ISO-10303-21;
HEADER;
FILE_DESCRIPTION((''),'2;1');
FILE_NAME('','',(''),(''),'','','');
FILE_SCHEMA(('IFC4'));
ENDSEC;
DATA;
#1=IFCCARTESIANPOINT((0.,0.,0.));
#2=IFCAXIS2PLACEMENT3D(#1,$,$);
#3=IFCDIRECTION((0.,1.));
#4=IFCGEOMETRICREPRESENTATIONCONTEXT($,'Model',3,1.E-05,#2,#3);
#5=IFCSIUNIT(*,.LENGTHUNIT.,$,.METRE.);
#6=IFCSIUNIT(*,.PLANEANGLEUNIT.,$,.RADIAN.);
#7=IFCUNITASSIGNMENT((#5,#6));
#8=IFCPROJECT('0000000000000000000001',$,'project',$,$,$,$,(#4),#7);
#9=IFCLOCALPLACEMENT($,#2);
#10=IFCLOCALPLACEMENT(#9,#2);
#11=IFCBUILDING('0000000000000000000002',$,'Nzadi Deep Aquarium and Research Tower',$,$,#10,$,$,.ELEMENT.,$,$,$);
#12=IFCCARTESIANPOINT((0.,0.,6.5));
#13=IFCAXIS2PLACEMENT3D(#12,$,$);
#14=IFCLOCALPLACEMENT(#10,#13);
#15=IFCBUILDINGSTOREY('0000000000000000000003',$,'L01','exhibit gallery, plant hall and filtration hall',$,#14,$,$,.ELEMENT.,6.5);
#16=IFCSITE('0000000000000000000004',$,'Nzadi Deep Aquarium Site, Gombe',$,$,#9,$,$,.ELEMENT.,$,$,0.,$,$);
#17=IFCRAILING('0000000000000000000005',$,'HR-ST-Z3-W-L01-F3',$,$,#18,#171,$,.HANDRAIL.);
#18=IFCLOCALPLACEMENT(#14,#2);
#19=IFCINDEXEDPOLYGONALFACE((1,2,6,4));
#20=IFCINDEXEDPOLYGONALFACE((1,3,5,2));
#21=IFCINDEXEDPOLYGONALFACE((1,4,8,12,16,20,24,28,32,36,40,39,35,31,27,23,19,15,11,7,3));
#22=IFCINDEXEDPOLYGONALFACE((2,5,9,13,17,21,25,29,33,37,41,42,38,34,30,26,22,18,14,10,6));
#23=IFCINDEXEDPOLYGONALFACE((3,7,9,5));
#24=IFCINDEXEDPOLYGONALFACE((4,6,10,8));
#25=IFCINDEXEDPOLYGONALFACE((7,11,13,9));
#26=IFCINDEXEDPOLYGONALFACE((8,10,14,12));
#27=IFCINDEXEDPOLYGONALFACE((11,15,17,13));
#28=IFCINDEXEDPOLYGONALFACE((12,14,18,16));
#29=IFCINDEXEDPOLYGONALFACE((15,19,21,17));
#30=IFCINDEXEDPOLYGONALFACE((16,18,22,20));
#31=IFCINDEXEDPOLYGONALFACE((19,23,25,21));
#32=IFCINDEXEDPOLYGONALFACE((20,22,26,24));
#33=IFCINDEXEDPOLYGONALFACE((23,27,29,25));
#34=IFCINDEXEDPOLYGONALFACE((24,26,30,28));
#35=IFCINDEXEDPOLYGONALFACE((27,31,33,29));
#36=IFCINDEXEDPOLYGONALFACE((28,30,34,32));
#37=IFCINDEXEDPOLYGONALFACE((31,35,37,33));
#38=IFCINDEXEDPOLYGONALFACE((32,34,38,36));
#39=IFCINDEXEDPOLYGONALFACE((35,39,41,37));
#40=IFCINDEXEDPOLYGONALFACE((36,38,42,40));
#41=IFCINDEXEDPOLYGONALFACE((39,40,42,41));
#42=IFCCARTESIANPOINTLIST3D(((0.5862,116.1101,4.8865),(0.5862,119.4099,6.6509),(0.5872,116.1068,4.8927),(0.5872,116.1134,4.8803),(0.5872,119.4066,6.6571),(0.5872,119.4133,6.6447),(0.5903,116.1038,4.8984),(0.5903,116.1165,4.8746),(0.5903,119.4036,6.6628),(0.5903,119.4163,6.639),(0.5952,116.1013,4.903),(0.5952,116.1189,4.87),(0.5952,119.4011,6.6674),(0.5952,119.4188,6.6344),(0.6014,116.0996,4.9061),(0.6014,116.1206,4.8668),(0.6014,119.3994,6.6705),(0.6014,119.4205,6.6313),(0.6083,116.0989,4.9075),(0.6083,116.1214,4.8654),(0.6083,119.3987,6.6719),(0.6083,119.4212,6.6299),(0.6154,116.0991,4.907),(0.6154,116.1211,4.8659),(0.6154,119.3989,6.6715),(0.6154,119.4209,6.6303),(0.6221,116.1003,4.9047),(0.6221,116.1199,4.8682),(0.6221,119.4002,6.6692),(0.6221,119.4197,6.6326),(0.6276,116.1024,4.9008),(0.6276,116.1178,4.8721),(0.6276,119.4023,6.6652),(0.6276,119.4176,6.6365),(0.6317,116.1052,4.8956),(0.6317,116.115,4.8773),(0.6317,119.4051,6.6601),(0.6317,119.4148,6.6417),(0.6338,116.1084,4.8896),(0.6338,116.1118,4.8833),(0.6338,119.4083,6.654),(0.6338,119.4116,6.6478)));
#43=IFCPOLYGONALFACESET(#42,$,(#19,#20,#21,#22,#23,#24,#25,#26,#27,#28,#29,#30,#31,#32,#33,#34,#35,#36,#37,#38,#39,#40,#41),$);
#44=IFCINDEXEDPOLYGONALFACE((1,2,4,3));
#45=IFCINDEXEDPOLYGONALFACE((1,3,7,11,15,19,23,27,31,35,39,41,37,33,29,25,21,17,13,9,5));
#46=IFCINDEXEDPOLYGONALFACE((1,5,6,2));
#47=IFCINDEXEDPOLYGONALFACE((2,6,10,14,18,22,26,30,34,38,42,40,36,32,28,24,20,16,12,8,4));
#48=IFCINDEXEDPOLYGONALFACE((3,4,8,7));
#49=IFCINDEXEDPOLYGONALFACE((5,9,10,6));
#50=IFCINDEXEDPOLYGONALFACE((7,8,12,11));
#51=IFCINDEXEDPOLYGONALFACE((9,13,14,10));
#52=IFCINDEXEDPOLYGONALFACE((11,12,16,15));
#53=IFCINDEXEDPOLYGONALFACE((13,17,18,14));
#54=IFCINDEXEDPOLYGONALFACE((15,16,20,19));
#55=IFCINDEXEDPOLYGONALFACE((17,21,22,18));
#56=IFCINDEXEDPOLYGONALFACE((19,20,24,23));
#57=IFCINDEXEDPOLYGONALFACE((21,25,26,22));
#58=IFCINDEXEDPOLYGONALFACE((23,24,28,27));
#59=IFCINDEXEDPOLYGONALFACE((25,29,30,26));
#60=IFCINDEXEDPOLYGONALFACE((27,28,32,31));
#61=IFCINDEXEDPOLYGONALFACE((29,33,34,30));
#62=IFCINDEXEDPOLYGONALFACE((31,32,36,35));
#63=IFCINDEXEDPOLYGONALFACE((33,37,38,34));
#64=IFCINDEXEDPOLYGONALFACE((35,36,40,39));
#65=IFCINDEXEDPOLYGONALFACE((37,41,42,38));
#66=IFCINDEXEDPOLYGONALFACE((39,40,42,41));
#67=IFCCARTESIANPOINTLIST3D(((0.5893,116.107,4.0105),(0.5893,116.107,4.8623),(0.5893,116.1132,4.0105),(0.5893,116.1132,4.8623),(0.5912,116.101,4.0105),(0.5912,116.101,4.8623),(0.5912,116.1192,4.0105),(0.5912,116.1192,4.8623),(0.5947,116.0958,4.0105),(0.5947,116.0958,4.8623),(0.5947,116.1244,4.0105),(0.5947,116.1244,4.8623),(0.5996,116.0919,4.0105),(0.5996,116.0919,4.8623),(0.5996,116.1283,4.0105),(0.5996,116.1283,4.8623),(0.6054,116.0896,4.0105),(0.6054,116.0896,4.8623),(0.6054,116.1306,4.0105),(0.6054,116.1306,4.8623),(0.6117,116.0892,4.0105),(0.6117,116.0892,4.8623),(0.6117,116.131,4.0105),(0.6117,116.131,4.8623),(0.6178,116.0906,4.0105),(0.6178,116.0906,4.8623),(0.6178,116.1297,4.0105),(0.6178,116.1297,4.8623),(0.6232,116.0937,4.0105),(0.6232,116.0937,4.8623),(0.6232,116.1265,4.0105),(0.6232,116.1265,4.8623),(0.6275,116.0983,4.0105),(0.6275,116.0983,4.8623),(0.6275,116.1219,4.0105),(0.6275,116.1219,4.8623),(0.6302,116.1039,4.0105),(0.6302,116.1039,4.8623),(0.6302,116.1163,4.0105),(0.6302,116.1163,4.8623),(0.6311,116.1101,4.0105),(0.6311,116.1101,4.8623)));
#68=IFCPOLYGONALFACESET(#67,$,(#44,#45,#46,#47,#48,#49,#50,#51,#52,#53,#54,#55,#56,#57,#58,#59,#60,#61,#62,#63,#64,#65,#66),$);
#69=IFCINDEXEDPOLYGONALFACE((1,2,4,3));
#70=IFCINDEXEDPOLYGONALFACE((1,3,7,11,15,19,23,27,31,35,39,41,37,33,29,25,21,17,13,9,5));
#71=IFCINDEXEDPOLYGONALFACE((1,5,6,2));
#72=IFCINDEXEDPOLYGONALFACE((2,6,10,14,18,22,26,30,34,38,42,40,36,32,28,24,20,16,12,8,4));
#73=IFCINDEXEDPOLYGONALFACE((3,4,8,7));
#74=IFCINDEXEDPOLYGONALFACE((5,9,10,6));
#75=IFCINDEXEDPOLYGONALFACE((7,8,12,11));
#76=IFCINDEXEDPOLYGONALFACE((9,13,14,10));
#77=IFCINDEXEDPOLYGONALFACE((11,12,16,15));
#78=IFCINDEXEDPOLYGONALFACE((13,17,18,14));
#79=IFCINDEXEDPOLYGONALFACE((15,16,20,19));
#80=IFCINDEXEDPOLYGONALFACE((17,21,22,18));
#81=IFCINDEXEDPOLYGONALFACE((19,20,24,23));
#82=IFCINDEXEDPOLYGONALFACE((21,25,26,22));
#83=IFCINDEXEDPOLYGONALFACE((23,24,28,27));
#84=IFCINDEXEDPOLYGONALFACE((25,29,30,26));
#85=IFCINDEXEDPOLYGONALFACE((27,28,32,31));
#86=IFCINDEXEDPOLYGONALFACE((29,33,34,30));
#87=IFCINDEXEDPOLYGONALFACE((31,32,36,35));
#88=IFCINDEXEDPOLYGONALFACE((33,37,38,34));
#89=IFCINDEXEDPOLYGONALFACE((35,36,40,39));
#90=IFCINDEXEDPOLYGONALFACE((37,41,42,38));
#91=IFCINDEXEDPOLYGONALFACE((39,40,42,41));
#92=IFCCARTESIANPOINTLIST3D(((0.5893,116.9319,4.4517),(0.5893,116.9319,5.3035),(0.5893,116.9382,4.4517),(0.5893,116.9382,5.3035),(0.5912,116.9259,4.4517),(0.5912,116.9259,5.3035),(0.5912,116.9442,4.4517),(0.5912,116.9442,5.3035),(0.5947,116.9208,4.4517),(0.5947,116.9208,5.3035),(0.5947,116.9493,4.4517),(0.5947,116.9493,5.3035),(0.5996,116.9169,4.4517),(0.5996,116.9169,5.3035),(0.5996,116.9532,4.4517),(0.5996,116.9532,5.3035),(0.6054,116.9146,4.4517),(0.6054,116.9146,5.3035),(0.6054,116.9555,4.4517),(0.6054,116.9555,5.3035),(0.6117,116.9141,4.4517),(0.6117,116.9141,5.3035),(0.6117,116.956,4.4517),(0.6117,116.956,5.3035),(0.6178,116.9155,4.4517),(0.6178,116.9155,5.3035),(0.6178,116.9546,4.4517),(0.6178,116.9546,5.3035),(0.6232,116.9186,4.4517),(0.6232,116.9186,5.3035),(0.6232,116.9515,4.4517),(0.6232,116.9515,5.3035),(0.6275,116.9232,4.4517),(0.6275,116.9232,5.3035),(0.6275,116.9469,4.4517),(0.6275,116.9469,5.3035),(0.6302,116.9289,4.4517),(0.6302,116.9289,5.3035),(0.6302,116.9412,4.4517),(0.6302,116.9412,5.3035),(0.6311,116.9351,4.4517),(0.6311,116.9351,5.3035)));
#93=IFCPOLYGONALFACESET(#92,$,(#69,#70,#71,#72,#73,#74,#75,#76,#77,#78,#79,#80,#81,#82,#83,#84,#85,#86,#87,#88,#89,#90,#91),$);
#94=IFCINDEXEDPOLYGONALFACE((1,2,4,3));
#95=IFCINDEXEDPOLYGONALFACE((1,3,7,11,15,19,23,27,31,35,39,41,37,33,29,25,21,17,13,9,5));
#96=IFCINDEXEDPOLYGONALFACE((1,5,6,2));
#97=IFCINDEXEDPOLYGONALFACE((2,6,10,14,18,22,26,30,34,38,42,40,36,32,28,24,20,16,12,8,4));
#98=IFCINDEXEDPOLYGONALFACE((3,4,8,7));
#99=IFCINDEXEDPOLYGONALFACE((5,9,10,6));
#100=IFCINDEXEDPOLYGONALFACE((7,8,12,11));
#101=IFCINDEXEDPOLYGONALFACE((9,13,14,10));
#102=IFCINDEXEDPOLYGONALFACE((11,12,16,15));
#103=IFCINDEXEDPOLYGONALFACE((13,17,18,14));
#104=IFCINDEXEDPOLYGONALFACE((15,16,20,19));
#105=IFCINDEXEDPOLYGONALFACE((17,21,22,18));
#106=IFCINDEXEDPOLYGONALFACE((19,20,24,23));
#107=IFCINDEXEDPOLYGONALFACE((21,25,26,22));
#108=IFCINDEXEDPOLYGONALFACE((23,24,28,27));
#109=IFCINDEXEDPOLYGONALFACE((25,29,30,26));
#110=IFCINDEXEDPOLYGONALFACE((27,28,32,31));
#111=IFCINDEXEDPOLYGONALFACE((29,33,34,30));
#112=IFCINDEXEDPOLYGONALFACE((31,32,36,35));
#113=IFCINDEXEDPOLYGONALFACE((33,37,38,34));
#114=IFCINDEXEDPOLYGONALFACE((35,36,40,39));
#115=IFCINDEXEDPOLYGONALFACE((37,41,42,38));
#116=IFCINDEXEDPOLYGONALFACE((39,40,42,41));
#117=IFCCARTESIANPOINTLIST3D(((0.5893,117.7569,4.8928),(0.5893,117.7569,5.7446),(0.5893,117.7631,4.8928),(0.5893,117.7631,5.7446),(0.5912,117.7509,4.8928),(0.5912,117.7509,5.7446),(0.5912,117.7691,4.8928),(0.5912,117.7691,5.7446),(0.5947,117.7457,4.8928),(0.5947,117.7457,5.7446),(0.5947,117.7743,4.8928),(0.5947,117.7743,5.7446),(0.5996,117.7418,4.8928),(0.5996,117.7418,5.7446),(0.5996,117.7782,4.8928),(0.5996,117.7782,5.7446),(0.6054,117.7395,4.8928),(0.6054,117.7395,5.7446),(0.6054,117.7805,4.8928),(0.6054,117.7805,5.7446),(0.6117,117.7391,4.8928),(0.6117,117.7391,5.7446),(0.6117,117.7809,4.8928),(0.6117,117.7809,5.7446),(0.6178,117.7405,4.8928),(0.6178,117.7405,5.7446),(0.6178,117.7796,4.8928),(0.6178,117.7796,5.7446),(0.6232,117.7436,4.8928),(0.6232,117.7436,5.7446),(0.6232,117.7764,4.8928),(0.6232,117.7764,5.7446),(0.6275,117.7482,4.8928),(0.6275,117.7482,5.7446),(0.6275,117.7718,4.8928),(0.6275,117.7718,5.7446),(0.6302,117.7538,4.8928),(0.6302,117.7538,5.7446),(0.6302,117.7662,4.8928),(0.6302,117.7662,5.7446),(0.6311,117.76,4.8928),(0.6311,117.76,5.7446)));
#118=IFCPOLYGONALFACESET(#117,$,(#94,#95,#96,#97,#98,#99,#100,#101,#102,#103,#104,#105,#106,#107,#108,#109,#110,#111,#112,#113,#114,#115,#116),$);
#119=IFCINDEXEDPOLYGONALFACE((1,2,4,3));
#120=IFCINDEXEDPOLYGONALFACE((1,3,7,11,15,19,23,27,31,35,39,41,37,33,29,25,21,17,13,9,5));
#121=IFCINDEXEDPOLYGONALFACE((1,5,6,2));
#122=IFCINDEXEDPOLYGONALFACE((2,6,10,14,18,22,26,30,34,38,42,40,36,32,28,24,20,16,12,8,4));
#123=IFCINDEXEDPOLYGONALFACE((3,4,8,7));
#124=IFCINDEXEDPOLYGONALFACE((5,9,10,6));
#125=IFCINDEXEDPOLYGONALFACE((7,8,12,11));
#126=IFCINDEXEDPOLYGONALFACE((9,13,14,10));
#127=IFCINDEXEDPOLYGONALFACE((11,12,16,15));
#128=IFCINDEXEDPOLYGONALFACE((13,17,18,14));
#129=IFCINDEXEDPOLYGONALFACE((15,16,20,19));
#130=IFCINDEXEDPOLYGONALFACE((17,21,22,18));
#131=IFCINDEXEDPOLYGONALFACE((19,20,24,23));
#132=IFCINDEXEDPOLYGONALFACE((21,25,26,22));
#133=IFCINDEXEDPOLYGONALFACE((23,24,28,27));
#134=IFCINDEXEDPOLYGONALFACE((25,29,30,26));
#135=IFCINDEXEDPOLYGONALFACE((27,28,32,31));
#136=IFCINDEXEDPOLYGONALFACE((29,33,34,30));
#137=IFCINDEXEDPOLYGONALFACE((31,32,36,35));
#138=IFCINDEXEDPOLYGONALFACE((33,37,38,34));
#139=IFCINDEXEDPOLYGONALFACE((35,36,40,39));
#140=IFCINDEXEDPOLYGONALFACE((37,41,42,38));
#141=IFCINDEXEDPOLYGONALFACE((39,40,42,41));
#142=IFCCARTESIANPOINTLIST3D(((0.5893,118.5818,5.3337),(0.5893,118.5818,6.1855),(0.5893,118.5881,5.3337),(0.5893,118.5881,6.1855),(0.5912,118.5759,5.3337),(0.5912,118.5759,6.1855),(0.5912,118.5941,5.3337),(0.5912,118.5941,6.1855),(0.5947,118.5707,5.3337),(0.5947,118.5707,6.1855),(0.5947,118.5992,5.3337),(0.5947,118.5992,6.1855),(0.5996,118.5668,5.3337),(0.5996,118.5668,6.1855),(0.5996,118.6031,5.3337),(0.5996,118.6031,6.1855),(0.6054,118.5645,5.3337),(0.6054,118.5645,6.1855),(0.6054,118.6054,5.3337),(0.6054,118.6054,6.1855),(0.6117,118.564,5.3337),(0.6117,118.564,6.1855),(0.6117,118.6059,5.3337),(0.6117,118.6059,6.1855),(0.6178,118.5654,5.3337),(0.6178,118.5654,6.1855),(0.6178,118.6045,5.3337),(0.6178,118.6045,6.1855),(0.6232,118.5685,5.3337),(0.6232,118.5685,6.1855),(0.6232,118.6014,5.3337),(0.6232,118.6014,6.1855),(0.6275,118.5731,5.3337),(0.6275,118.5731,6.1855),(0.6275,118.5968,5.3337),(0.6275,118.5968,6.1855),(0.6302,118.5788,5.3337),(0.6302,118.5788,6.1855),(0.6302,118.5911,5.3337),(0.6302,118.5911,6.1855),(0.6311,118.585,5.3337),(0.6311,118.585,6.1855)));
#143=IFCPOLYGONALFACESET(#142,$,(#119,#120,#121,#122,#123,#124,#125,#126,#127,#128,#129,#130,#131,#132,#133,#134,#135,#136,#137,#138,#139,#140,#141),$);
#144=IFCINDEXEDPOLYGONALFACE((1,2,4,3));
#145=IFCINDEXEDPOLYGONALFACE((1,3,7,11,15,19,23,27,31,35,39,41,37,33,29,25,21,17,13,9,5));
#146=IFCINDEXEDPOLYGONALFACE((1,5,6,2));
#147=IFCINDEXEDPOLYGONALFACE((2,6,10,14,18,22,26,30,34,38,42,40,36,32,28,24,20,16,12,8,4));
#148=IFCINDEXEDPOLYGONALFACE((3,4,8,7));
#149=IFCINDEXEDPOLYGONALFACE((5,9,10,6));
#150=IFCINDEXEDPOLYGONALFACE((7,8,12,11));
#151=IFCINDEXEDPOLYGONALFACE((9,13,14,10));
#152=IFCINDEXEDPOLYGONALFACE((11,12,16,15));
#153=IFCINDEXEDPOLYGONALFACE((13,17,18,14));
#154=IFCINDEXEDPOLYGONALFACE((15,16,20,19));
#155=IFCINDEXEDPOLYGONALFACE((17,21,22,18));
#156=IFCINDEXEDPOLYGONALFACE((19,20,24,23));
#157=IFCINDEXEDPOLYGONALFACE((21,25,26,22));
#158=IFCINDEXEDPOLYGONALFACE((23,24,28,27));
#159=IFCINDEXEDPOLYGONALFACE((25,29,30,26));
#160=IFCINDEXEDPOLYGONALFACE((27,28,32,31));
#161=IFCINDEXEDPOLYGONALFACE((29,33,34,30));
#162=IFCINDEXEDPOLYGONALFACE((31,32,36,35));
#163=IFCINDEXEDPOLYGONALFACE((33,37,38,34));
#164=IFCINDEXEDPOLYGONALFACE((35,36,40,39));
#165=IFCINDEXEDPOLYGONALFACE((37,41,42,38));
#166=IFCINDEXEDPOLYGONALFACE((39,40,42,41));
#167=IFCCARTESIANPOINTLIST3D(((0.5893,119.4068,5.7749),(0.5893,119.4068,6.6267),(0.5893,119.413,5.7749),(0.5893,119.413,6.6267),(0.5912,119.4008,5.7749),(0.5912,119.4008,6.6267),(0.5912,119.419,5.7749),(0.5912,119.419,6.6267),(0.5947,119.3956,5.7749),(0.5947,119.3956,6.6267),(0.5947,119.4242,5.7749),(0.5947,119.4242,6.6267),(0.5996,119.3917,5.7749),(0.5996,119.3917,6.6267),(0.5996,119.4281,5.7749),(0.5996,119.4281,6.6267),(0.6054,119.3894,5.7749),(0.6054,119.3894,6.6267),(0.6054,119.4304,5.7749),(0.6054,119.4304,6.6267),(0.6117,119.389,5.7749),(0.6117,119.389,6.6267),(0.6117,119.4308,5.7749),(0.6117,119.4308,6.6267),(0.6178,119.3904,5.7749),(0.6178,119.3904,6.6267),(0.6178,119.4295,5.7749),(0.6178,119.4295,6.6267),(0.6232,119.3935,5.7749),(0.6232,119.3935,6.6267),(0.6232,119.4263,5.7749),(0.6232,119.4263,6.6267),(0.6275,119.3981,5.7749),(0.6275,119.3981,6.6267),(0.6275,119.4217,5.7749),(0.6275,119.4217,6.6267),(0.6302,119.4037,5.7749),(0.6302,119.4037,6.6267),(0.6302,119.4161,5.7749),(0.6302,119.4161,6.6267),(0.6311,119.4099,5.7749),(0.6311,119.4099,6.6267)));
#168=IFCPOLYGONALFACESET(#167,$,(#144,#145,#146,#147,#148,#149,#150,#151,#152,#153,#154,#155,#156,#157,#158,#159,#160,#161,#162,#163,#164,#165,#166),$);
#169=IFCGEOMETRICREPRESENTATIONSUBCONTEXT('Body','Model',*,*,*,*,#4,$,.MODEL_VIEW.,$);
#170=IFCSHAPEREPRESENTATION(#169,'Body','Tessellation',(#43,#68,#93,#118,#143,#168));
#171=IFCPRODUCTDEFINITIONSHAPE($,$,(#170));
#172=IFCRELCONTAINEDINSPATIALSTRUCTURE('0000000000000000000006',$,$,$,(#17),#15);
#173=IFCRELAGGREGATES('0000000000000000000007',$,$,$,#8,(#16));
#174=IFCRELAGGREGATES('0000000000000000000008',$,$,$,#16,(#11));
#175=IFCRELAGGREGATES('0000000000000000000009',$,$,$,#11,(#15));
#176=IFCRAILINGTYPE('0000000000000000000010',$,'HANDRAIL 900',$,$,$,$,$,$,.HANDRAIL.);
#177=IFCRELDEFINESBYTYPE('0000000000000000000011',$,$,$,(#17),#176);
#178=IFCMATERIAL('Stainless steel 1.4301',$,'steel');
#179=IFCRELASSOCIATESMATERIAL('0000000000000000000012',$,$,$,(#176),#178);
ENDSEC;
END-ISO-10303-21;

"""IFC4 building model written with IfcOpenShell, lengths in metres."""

from ifc_helpers import new_model, si_unit, direction, frame, origin, origin_2d, place, context, subcontext, project, spatial, circle, extrude, material, type_object, element, save


model = new_model("IFC4")

# Units and contexts
model_context = context("Model", 3, precision=1e-05, world=origin(), true_north=direction((0.0, 1.0)))
body_context = subcontext(model_context, "Body", "Model", "MODEL_VIEW")
ifc_project = project(units=[si_unit("LENGTHUNIT", "METRE"), si_unit("PLANEANGLEUNIT", "RADIAN")], contexts=[model_context])

# Site, building, storey
site_placement = place(None, origin())
site = spatial("IfcSite", under=ifc_project, at=site_placement, Name="Nzadi Deep Aquarium Site, Gombe", CompositionType="ELEMENT", RefElevation=0.0)
building_placement = place(site_placement, origin())
building = spatial("IfcBuilding", under=site, at=building_placement, Name="Nzadi Deep Aquarium and Research Tower", CompositionType="ELEMENT")
storey_placement = place(building_placement, frame((0.0, 0.0, 6.5)))
storey = spatial("IfcBuildingStorey", under=building, at=storey_placement, Name="L01", Description="exhibit gallery, plant hall and filtration hall", CompositionType="ELEMENT", Elevation=6.5)

# Railing
ifc_material_1 = material(Name="Stainless steel 1.4301", Category="steel")
railing_type = type_object("IfcRailingType", Name="HANDRAIL 900", PredefinedType="HANDRAIL", material=ifc_material_1)
for number, where, name in (
    (1, (0.6101, 116.1101, 4.0105), "HR-ST-Z3-W-L01-F3"),
):
    element("IfcRailing", number, at=place(storey_placement, frame(where)), inside=storey, type_object=railing_type, Name=name, PredefinedType="HANDRAIL", context=body_context, shape_type="SweptSolid", body=[
        extrude(circle(Radius=0.0239, at=origin_2d()), frame((0.0, 0.0, 0.876), z_axis=(0.0, 0.881852, 0.471526), x_axis=(-1.0, 0.0, 0.0)), (0.0, 0.0, 1.0), 3.7419),
        extrude(circle(Radius=0.021, at=origin_2d()), origin(), (0.0, 0.0, 1.0), 0.8518),
        extrude(circle(Radius=0.021, at=origin_2d()), frame((0.0, 0.825, 0.4412)), (0.0, 0.0, 1.0), 0.8518),
        extrude(circle(Radius=0.021, at=origin_2d()), frame((0.0, 1.6499, 0.8823)), (0.0, 0.0, 1.0), 0.8518),
        extrude(circle(Radius=0.021, at=origin_2d()), frame((0.0, 2.4749, 1.3232)), (0.0, 0.0, 1.0), 0.8518),
        extrude(circle(Radius=0.021, at=origin_2d()), frame((0.0, 3.2998, 1.7644)), (0.0, 0.0, 1.0), 0.8518),
    ])

save(model, "model.ifc")
